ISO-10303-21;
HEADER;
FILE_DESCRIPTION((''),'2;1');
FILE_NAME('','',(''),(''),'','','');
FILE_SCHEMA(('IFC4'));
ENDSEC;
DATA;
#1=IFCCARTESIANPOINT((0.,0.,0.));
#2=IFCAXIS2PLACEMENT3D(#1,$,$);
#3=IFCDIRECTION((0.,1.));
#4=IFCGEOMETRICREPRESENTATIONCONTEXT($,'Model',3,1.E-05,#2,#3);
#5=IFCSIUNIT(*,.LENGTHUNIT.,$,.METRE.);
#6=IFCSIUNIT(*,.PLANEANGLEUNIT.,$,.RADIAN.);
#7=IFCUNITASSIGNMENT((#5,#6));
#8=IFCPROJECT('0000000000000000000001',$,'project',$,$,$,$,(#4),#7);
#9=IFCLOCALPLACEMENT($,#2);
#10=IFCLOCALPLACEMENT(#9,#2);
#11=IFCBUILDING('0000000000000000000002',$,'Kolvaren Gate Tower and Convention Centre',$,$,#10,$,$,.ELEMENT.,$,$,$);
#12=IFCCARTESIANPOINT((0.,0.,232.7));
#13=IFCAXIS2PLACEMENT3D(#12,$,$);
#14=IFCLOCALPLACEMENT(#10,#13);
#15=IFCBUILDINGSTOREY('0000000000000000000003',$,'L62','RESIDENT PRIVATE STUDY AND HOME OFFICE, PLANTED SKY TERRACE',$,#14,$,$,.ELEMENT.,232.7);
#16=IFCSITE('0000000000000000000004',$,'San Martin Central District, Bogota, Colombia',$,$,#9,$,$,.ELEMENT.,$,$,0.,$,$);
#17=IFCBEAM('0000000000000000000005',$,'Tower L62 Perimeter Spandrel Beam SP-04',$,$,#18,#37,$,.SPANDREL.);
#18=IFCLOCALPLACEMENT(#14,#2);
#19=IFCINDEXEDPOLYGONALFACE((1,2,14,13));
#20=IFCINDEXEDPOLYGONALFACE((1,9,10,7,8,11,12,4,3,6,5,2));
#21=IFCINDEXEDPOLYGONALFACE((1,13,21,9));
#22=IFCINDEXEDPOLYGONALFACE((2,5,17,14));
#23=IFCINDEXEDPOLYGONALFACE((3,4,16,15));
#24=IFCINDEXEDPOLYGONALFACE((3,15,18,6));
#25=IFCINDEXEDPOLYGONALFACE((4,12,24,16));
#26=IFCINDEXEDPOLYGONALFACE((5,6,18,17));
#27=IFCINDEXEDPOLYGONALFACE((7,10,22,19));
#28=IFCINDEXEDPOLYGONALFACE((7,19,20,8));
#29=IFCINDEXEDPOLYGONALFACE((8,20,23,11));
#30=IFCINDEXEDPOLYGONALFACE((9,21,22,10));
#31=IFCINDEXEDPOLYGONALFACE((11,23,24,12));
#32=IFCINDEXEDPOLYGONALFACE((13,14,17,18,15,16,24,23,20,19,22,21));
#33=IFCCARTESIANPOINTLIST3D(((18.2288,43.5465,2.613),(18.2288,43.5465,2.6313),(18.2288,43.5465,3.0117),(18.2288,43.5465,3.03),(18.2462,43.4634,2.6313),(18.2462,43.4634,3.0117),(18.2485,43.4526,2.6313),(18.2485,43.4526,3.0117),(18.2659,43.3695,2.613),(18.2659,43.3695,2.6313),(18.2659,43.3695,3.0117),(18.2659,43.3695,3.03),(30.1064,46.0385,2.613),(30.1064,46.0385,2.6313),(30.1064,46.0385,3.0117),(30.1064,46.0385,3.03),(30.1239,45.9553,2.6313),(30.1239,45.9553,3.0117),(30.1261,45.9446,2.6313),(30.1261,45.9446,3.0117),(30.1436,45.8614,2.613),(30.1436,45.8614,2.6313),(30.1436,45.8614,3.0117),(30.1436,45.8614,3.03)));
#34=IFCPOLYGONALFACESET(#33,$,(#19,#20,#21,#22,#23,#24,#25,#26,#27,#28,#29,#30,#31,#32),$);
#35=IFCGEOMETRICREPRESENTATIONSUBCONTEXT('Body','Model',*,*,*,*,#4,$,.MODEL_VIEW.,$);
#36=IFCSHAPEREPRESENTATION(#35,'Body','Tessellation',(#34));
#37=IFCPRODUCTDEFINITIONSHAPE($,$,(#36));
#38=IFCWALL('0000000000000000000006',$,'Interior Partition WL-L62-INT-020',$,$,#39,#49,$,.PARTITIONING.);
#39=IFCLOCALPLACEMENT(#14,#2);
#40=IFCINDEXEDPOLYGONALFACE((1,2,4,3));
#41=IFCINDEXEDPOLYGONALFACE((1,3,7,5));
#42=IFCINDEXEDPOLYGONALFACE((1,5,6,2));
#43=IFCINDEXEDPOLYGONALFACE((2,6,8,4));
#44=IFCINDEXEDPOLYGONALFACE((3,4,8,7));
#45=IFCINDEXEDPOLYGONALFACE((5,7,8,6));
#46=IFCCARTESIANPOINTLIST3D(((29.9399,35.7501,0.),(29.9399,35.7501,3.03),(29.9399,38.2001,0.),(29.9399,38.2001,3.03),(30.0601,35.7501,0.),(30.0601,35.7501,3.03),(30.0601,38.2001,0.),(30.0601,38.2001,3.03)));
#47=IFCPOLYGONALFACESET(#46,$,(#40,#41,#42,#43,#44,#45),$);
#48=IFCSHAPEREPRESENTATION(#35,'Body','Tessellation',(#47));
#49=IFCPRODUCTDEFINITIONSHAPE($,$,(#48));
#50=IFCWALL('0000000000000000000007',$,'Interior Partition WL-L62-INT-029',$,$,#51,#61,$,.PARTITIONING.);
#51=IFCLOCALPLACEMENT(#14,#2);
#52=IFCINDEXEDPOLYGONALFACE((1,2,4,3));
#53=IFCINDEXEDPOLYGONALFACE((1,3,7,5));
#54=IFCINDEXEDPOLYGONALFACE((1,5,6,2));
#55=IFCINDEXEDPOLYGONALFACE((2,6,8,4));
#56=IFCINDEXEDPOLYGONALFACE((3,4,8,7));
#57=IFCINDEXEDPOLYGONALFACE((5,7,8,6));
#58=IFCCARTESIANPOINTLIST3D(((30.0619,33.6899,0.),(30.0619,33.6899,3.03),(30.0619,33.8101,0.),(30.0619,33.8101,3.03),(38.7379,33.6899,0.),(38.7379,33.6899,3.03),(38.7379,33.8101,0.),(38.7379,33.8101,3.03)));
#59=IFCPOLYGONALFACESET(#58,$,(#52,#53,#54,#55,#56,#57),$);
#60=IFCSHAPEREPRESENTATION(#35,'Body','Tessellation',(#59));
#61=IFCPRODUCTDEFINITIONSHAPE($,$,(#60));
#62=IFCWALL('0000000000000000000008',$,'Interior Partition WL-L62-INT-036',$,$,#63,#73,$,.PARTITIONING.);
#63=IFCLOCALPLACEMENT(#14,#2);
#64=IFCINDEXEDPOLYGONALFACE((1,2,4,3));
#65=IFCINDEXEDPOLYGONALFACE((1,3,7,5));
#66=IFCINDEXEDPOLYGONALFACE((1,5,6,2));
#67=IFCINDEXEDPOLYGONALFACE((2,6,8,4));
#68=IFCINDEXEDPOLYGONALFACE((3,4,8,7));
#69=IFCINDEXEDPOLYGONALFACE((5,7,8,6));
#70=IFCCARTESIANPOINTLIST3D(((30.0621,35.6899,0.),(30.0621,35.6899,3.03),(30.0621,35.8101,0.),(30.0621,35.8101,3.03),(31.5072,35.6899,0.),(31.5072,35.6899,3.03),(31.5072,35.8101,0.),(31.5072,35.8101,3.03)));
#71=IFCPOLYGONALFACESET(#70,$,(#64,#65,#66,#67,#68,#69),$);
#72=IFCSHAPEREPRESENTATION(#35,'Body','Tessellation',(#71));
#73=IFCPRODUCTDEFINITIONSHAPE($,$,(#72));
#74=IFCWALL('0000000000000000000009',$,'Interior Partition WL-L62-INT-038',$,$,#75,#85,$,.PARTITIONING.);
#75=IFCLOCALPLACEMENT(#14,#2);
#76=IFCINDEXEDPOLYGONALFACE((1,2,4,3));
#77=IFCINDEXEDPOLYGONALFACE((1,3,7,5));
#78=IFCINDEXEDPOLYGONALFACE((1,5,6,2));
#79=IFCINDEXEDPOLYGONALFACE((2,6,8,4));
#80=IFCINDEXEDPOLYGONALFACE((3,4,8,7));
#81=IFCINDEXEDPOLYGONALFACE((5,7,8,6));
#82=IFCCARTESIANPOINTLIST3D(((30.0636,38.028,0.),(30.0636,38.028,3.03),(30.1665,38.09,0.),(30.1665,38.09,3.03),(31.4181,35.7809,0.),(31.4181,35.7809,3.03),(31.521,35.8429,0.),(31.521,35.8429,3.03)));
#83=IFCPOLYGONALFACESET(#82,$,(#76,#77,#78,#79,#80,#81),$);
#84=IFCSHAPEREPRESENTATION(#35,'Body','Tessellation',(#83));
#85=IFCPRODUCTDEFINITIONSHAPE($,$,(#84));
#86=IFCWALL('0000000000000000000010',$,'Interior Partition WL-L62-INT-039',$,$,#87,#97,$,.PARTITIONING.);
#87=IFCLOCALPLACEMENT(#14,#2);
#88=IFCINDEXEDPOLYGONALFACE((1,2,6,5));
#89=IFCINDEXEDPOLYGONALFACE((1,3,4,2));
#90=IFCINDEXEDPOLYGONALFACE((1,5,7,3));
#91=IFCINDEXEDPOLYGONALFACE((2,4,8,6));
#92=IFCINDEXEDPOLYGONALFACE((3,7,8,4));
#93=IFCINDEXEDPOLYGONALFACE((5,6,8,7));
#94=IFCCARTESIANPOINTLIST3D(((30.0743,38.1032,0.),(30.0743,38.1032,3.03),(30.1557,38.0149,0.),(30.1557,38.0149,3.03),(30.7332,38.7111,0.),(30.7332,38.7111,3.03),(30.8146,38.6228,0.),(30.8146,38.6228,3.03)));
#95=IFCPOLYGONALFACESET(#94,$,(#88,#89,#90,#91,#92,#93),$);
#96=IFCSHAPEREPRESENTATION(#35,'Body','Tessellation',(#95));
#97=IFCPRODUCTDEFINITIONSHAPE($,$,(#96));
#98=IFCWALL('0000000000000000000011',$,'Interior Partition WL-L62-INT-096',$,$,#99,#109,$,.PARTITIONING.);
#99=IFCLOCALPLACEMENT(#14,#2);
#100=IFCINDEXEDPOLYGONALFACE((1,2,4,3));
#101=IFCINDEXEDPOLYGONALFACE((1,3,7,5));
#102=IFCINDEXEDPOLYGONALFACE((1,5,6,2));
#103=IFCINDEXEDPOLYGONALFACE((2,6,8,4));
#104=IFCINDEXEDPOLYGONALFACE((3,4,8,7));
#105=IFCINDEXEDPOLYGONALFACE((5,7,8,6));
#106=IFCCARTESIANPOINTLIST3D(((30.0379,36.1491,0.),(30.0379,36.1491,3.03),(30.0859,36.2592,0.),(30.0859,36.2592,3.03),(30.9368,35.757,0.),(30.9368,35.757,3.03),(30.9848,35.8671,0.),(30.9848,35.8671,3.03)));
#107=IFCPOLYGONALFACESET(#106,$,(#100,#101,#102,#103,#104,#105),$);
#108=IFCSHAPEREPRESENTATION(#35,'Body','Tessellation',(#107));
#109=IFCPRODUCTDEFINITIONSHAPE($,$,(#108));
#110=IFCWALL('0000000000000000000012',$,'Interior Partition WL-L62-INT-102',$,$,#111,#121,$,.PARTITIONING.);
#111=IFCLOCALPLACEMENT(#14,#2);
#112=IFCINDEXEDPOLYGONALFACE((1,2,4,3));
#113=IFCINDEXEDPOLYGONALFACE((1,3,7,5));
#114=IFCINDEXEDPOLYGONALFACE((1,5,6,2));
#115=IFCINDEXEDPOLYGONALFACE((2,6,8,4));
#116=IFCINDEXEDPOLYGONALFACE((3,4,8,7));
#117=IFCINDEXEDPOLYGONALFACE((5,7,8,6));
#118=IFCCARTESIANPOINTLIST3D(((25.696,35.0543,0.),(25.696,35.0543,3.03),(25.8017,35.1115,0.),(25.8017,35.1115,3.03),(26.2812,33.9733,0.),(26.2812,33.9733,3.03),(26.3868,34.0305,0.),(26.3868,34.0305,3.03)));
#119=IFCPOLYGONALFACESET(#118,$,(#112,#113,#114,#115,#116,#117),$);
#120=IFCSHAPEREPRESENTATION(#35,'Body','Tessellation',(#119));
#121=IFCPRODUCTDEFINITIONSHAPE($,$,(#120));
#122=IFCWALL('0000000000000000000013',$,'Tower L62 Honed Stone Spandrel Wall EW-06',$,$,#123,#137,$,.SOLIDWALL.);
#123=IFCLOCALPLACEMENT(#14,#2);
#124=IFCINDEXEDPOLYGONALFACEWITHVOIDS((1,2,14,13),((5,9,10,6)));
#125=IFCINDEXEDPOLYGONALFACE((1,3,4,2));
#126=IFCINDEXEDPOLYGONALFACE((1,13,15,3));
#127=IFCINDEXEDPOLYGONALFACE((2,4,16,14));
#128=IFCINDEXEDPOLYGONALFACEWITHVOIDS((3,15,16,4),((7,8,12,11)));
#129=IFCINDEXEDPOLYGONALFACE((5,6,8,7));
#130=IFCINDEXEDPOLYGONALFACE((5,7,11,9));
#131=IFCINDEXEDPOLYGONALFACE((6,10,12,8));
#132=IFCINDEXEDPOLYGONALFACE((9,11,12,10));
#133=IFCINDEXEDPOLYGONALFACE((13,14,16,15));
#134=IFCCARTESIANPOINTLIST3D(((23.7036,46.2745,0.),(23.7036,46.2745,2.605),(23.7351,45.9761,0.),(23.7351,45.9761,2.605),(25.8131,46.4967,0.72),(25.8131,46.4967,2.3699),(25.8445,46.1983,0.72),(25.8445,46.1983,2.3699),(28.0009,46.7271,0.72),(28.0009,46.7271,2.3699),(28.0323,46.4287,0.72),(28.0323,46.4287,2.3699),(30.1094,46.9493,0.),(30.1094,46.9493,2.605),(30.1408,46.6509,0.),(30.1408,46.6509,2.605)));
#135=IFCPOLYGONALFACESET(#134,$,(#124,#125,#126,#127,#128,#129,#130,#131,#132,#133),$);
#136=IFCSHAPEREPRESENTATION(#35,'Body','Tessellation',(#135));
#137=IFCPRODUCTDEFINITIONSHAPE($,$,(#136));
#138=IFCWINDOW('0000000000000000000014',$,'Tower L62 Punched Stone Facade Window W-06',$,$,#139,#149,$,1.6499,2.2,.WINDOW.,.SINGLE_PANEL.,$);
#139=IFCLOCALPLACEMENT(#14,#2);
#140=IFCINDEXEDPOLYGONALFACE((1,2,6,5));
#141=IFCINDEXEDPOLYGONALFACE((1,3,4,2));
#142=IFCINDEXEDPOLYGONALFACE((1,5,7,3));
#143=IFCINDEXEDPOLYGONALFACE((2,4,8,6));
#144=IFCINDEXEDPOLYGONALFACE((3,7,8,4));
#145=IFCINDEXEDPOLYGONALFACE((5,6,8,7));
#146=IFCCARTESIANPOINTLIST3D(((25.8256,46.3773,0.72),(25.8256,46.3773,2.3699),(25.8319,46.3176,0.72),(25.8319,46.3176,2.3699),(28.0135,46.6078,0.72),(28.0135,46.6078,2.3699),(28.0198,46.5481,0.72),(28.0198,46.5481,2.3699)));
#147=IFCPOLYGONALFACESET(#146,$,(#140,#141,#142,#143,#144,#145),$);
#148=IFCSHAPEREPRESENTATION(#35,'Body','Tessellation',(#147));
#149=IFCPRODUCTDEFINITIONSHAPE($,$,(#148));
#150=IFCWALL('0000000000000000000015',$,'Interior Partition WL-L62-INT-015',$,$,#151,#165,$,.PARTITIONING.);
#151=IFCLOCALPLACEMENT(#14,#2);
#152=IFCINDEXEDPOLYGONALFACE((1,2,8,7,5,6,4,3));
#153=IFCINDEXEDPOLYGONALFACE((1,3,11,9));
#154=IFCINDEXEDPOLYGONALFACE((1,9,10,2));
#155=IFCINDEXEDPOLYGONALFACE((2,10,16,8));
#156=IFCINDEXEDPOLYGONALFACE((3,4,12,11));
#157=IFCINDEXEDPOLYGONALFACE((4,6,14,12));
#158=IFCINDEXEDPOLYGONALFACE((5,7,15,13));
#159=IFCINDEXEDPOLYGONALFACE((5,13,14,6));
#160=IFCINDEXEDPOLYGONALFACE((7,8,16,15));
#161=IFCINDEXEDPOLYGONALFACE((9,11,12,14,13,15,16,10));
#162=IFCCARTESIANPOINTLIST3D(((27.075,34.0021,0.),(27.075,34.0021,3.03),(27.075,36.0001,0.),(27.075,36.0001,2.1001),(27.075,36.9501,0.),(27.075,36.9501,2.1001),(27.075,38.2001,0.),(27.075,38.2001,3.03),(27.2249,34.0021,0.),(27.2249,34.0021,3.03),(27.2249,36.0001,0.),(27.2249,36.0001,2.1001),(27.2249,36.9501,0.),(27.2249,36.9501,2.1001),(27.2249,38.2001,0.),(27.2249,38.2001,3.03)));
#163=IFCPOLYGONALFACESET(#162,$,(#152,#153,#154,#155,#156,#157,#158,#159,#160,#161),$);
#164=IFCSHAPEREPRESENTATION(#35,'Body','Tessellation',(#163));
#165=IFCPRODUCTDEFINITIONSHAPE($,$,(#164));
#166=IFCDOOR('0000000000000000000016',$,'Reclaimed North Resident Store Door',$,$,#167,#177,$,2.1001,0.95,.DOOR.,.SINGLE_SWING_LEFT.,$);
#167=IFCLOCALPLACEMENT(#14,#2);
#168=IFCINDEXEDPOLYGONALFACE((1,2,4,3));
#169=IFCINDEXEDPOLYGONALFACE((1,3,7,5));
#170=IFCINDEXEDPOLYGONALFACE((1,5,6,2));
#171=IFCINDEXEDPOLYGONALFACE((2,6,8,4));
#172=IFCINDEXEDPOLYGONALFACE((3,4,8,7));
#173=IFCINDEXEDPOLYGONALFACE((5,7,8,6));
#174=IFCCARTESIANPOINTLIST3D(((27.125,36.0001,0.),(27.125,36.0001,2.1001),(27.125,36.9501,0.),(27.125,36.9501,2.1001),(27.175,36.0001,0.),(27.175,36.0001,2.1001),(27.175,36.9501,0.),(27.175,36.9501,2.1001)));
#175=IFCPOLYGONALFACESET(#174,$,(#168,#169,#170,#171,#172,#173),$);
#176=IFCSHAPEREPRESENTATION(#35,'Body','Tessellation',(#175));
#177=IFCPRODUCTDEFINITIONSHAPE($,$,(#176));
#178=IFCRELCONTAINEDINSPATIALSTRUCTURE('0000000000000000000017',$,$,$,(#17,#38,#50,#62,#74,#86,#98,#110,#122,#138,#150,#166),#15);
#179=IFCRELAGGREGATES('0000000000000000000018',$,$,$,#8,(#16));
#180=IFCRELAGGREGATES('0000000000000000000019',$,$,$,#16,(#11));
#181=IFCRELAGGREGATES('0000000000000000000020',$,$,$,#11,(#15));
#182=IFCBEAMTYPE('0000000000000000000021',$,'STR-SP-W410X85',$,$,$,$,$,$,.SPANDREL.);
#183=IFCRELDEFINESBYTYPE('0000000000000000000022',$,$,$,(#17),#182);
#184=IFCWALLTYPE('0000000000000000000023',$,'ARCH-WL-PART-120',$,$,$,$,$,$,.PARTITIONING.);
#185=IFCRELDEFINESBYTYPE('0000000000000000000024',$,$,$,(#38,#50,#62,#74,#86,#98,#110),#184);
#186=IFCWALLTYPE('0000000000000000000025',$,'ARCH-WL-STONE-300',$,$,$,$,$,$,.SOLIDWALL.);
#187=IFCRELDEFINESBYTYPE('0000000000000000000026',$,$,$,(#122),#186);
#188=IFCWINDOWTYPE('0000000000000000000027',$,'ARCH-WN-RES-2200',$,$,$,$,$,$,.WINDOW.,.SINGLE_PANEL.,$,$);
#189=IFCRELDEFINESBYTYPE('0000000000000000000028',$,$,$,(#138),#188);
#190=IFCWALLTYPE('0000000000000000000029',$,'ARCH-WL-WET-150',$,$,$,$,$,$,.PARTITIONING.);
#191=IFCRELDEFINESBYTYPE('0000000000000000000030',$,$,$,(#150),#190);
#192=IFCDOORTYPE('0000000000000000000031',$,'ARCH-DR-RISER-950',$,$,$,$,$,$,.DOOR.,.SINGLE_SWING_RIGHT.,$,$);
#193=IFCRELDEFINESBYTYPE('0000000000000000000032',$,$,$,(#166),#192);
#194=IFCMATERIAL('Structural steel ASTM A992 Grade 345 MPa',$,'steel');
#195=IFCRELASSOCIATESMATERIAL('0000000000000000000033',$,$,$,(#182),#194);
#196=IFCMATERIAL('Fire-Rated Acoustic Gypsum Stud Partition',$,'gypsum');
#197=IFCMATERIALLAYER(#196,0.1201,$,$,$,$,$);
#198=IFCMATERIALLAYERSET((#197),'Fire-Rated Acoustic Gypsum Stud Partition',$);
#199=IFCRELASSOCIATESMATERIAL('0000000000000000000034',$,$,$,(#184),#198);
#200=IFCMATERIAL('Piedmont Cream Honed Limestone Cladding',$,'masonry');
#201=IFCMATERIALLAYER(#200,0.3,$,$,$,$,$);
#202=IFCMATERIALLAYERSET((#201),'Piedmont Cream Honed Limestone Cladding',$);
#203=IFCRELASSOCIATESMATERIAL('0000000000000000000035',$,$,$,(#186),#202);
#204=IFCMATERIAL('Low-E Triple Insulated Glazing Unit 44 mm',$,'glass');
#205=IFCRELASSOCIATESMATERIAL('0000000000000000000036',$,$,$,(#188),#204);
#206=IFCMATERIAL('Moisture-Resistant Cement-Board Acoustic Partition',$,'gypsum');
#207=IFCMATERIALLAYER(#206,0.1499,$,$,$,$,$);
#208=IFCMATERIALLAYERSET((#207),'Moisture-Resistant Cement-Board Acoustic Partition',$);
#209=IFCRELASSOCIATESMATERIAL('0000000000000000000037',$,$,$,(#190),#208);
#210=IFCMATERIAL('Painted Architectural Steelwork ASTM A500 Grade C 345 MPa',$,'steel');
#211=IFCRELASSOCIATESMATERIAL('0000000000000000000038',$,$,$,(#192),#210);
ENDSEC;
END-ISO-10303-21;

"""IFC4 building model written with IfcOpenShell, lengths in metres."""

from ifc_helpers import new_model, si_unit, direction, frame, frame_2d, origin, origin_2d, place, context, subcontext, project, spatial, rectangle, i_section, extrude, material, layer, layer_set, material_profile, profile_set, type_object, element, fill, save


model = new_model("IFC4")

# Units and contexts
model_context = context("Model", 3, precision=1e-05, world=origin(), true_north=direction((0.0, 1.0)))
body_context = subcontext(model_context, "Body", "Model", "MODEL_VIEW")
ifc_project = project(units=[si_unit("LENGTHUNIT", "METRE"), si_unit("PLANEANGLEUNIT", "RADIAN")], contexts=[model_context])

# Site, building, storey
site_placement = place(None, origin())
site = spatial("IfcSite", under=ifc_project, at=site_placement, Name="San Martin Central District, Bogota, Colombia", CompositionType="ELEMENT", RefElevation=0.0)
building_placement = place(site_placement, origin())
building = spatial("IfcBuilding", under=site, at=building_placement, Name="Kolvaren Gate Tower and Convention Centre", CompositionType="ELEMENT")
storey_placement = place(building_placement, frame((0.0, 0.0, 232.7)))
storey = spatial("IfcBuildingStorey", under=building, at=storey_placement, Name="L62", Description="RESIDENT PRIVATE STUDY AND HOME OFFICE, PLANTED SKY TERRACE", CompositionType="ELEMENT", Elevation=232.7)

# Beam
ifc_material_1 = material(Name="Structural steel ASTM A992 Grade 345 MPa", Category="steel")
ifc_material_profile_1 = material_profile(ifc_material_1, i_section(OverallWidth=0.1809, OverallDepth=0.417, WebThickness=0.011, FlangeThickness=0.0183, at=origin_2d()), Name="W410X85")
ifc_profile_set_1 = profile_set([ifc_material_profile_1], Name="Structural steel ASTM A992 Grade 345 MPa")
beam_type_1 = type_object("IfcBeamType", Name="STR-SP-W410X85", PredefinedType="SPANDREL", material=ifc_profile_set_1)
beam_1_placement = place(storey_placement, frame((30.125, 45.95, 2.8215), z_axis=(-0.978693, -0.20533, 0.0), x_axis=(0.20533, -0.978693, 0.0)))
element("IfcBeam", 1, at=beam_1_placement, inside=storey, type_object=beam_type_1, Name="Tower L62 Perimeter Spandrel Beam SP-04", PredefinedType="SPANDREL", context=body_context, shape_type="SweptSolid", body=[
    extrude(i_section(OverallWidth=0.1809, OverallDepth=0.417, WebThickness=0.011, FlangeThickness=0.0183, at=origin_2d()), origin(), (0.0, 0.0, 1.0), 12.1362),
])

# Walls
ifc_material_2 = material(Name="Fire-Rated Acoustic Gypsum Stud Partition", Category="gypsum")
ifc_layer_1 = layer(ifc_material_2, 0.1201)
ifc_layer_set_1 = layer_set([ifc_layer_1], Name="Fire-Rated Acoustic Gypsum Stud Partition")
wall_type_1 = type_object("IfcWallType", Name="ARCH-WL-PART-120", PredefinedType="PARTITIONING", material=ifc_layer_set_1)
wall_1_placement = place(storey_placement, frame((30.0, 35.75, 0.0), z_axis=(0.0, 0.0, 1.0), x_axis=(0.0, 1.0, 0.0)))
element("IfcWall", 2, at=wall_1_placement, inside=storey, type_object=wall_type_1, Name="Interior Partition WL-L62-INT-020", PredefinedType="PARTITIONING", context=body_context, shape_type="SweptSolid", body=[
    extrude(rectangle(XDim=2.45, YDim=0.1201, at=frame_2d((1.2251, 0.0))), origin(), (0.0, 0.0, 1.0), 3.03),
])
wall_2_placement = place(storey_placement, frame((30.062, 33.75, 0.0), z_axis=(0.0, 0.0, 1.0), x_axis=(1.0, 0.0, 0.0)))
element("IfcWall", 3, at=wall_2_placement, inside=storey, type_object=wall_type_1, Name="Interior Partition WL-L62-INT-029", PredefinedType="PARTITIONING", context=body_context, shape_type="SweptSolid", body=[
    extrude(rectangle(XDim=8.676, YDim=0.1201, at=frame_2d((4.3379, 0.0))), origin(), (0.0, 0.0, 1.0), 3.03),
])
wall_3_placement = place(storey_placement, frame((30.062, 35.75, 0.0), z_axis=(0.0, 0.0, 1.0), x_axis=(1.0, 0.0, 0.0)))
element("IfcWall", 4, at=wall_3_placement, inside=storey, type_object=wall_type_1, Name="Interior Partition WL-L62-INT-036", PredefinedType="PARTITIONING", context=body_context, shape_type="SweptSolid", body=[
    extrude(rectangle(XDim=1.4451, YDim=0.1201, at=frame_2d((0.7227, 0.0))), origin(), (0.0, 0.0, 1.0), 3.03),
])
wall_4_placement = place(storey_placement, frame((30.115, 38.0591, 0.0), z_axis=(0.0, 0.0, 1.0), x_axis=(0.516246, -0.85644, 0.0)))
element("IfcWall", 5, at=wall_4_placement, inside=storey, type_object=wall_type_1, Name="Interior Partition WL-L62-INT-038", PredefinedType="PARTITIONING", context=body_context, shape_type="SweptSolid", body=[
    extrude(rectangle(XDim=2.6238, YDim=0.1201, at=frame_2d((1.312, 0.0))), origin(), (0.0, 0.0, 1.0), 3.03),
])
wall_5_placement = place(storey_placement, frame((30.115, 38.0591, 0.0), z_axis=(0.0, 0.0, 1.0), x_axis=(0.734991, 0.678076, 0.0)))
element("IfcWall", 6, at=wall_5_placement, inside=storey, type_object=wall_type_1, Name="Interior Partition WL-L62-INT-039", PredefinedType="PARTITIONING", context=body_context, shape_type="SweptSolid", body=[
    extrude(rectangle(XDim=0.8965, YDim=0.1201, at=frame_2d((0.4482, 0.0))), origin(), (0.0, 0.0, 1.0), 3.03),
])
wall_6_placement = place(storey_placement, frame((30.062, 36.2041, 0.0), z_axis=(0.0, 0.0, 1.0), x_axis=(0.916602, -0.3998, 0.0)))
element("IfcWall", 7, at=wall_6_placement, inside=storey, type_object=wall_type_1, Name="Interior Partition WL-L62-INT-096", PredefinedType="PARTITIONING", context=body_context, shape_type="SweptSolid", body=[
    extrude(rectangle(XDim=0.9807, YDim=0.1201, at=frame_2d((0.4902, 0.0))), origin(), (0.0, 0.0, 1.0), 3.03),
])
wall_7_placement = place(storey_placement, frame((25.7488, 35.083, 0.0), z_axis=(0.0, 0.0, 1.0), x_axis=(0.476053, -0.879417, 0.0)))
element("IfcWall", 8, at=wall_7_placement, inside=storey, type_object=wall_type_1, Name="Interior Partition WL-L62-INT-102", PredefinedType="PARTITIONING", context=body_context, shape_type="SweptSolid", body=[
    extrude(rectangle(XDim=1.2292, YDim=0.1201, at=frame_2d((0.6147, 0.0))), origin(), (0.0, 0.0, 1.0), 3.03),
])

# Wall, opening, window
ifc_material_3 = material(Name="Piedmont Cream Honed Limestone Cladding", Category="masonry")
ifc_layer_2 = layer(ifc_material_3, 0.3)
ifc_layer_set_2 = layer_set([ifc_layer_2], Name="Piedmont Cream Honed Limestone Cladding")
wall_type_2 = type_object("IfcWallType", Name="ARCH-WL-STONE-300", PredefinedType="SOLIDWALL", material=ifc_layer_set_2)
wall_8_placement = place(storey_placement, frame((23.7192, 46.1252, 0.0), z_axis=(0.0, 0.0, 1.0), x_axis=(0.994497, 0.104764, 0.0)))
wall_8 = element("IfcWall", 9, at=wall_8_placement, inside=storey, type_object=wall_type_2, Name="Tower L62 Honed Stone Spandrel Wall EW-06", PredefinedType="SOLIDWALL", context=body_context, shape_type="SweptSolid", body=[
    extrude(rectangle(XDim=6.4412, YDim=0.3, at=frame_2d((3.2207, 0.0))), origin(), (0.0, 0.0, 1.0), 2.605),
])
opening_1_placement = place(wall_8_placement, frame((2.1211, 0.0, 0.72)))
opening_1 = element("IfcOpeningElement", 10, at=opening_1_placement, cuts=wall_8, PredefinedType="OPENING", context=body_context, shape_type="SweptSolid", body=[
    extrude(rectangle(XDim=2.2, YDim=1.6499, at=frame_2d((1.1001, 0.825))), frame((0.0, 0.1599, 0.0), z_axis=(0.0, -1.0, 0.0), x_axis=(1.0, 0.0, 0.0)), (0.0, 0.0, 1.0), 0.3201),
])
ifc_material_4 = material(Name="Low-E Triple Insulated Glazing Unit 44 mm", Category="glass")
window_type = type_object("IfcWindowType", Name="ARCH-WN-RES-2200", PartitioningType="SINGLE_PANEL", PredefinedType="WINDOW", material=ifc_material_4)
window_placement = place(opening_1_placement, origin())
window = element("IfcWindow", 11, at=window_placement, inside=storey, type_object=window_type, Name="Tower L62 Punched Stone Facade Window W-06", OverallHeight=1.6499, OverallWidth=2.2, PartitioningType="SINGLE_PANEL", PredefinedType="WINDOW", context=body_context, shape_type="SweptSolid", body=[
    extrude(rectangle(XDim=2.2, YDim=1.6499, at=frame_2d((1.1001, 0.825))), frame((0.0, 0.03, 0.0), z_axis=(0.0, -1.0, 0.0), x_axis=(1.0, 0.0, 0.0)), (0.0, 0.0, 1.0), 0.0601),
])
fill(opening_1, window)

# Wall, opening, door
ifc_material_5 = material(Name="Moisture-Resistant Cement-Board Acoustic Partition", Category="gypsum")
ifc_layer_3 = layer(ifc_material_5, 0.1499)
ifc_layer_set_3 = layer_set([ifc_layer_3], Name="Moisture-Resistant Cement-Board Acoustic Partition")
wall_type_3 = type_object("IfcWallType", Name="ARCH-WL-WET-150", PredefinedType="PARTITIONING", material=ifc_layer_set_3)
wall_9_placement = place(storey_placement, frame((27.1499, 34.002, 0.0), z_axis=(0.0, 0.0, 1.0), x_axis=(0.0, 1.0, 0.0)))
wall_9 = element("IfcWall", 12, at=wall_9_placement, inside=storey, type_object=wall_type_3, Name="Interior Partition WL-L62-INT-015", PredefinedType="PARTITIONING", context=body_context, shape_type="SweptSolid", body=[
    extrude(rectangle(XDim=4.198, YDim=0.1499, at=frame_2d((2.0991, 0.0))), origin(), (0.0, 0.0, 1.0), 3.03),
])
opening_2_placement = place(wall_9_placement, frame((1.998, 0.0, 0.0)))
opening_2 = element("IfcOpeningElement", 13, at=opening_2_placement, cuts=wall_9, PredefinedType="OPENING", context=body_context, shape_type="SweptSolid", body=[
    extrude(rectangle(XDim=0.95, YDim=2.1001, at=frame_2d((0.4751, 1.05))), frame((0.0, 0.085, 0.0), z_axis=(0.0, -1.0, 0.0), x_axis=(1.0, 0.0, 0.0)), (0.0, 0.0, 1.0), 0.1699),
])
ifc_material_6 = material(Name="Painted Architectural Steelwork ASTM A500 Grade C 345 MPa", Category="steel")
door_type = type_object("IfcDoorType", Name="ARCH-DR-RISER-950", OperationType="SINGLE_SWING_RIGHT", PredefinedType="DOOR", material=ifc_material_6)
door_placement = place(opening_2_placement, origin())
door = element("IfcDoor", 14, at=door_placement, inside=storey, type_object=door_type, Name="Reclaimed North Resident Store Door", OperationType="SINGLE_SWING_LEFT", OverallHeight=2.1001, OverallWidth=0.95, PredefinedType="DOOR", context=body_context, shape_type="SweptSolid", body=[
    extrude(rectangle(XDim=0.95, YDim=2.1001, at=frame_2d((0.4751, 1.05))), frame((0.0, 0.0249, 0.0), z_axis=(0.0, -1.0, 0.0), x_axis=(1.0, 0.0, 0.0)), (0.0, 0.0, 1.0), 0.05),
])
fill(opening_2, door)

save(model, "model.ifc")
